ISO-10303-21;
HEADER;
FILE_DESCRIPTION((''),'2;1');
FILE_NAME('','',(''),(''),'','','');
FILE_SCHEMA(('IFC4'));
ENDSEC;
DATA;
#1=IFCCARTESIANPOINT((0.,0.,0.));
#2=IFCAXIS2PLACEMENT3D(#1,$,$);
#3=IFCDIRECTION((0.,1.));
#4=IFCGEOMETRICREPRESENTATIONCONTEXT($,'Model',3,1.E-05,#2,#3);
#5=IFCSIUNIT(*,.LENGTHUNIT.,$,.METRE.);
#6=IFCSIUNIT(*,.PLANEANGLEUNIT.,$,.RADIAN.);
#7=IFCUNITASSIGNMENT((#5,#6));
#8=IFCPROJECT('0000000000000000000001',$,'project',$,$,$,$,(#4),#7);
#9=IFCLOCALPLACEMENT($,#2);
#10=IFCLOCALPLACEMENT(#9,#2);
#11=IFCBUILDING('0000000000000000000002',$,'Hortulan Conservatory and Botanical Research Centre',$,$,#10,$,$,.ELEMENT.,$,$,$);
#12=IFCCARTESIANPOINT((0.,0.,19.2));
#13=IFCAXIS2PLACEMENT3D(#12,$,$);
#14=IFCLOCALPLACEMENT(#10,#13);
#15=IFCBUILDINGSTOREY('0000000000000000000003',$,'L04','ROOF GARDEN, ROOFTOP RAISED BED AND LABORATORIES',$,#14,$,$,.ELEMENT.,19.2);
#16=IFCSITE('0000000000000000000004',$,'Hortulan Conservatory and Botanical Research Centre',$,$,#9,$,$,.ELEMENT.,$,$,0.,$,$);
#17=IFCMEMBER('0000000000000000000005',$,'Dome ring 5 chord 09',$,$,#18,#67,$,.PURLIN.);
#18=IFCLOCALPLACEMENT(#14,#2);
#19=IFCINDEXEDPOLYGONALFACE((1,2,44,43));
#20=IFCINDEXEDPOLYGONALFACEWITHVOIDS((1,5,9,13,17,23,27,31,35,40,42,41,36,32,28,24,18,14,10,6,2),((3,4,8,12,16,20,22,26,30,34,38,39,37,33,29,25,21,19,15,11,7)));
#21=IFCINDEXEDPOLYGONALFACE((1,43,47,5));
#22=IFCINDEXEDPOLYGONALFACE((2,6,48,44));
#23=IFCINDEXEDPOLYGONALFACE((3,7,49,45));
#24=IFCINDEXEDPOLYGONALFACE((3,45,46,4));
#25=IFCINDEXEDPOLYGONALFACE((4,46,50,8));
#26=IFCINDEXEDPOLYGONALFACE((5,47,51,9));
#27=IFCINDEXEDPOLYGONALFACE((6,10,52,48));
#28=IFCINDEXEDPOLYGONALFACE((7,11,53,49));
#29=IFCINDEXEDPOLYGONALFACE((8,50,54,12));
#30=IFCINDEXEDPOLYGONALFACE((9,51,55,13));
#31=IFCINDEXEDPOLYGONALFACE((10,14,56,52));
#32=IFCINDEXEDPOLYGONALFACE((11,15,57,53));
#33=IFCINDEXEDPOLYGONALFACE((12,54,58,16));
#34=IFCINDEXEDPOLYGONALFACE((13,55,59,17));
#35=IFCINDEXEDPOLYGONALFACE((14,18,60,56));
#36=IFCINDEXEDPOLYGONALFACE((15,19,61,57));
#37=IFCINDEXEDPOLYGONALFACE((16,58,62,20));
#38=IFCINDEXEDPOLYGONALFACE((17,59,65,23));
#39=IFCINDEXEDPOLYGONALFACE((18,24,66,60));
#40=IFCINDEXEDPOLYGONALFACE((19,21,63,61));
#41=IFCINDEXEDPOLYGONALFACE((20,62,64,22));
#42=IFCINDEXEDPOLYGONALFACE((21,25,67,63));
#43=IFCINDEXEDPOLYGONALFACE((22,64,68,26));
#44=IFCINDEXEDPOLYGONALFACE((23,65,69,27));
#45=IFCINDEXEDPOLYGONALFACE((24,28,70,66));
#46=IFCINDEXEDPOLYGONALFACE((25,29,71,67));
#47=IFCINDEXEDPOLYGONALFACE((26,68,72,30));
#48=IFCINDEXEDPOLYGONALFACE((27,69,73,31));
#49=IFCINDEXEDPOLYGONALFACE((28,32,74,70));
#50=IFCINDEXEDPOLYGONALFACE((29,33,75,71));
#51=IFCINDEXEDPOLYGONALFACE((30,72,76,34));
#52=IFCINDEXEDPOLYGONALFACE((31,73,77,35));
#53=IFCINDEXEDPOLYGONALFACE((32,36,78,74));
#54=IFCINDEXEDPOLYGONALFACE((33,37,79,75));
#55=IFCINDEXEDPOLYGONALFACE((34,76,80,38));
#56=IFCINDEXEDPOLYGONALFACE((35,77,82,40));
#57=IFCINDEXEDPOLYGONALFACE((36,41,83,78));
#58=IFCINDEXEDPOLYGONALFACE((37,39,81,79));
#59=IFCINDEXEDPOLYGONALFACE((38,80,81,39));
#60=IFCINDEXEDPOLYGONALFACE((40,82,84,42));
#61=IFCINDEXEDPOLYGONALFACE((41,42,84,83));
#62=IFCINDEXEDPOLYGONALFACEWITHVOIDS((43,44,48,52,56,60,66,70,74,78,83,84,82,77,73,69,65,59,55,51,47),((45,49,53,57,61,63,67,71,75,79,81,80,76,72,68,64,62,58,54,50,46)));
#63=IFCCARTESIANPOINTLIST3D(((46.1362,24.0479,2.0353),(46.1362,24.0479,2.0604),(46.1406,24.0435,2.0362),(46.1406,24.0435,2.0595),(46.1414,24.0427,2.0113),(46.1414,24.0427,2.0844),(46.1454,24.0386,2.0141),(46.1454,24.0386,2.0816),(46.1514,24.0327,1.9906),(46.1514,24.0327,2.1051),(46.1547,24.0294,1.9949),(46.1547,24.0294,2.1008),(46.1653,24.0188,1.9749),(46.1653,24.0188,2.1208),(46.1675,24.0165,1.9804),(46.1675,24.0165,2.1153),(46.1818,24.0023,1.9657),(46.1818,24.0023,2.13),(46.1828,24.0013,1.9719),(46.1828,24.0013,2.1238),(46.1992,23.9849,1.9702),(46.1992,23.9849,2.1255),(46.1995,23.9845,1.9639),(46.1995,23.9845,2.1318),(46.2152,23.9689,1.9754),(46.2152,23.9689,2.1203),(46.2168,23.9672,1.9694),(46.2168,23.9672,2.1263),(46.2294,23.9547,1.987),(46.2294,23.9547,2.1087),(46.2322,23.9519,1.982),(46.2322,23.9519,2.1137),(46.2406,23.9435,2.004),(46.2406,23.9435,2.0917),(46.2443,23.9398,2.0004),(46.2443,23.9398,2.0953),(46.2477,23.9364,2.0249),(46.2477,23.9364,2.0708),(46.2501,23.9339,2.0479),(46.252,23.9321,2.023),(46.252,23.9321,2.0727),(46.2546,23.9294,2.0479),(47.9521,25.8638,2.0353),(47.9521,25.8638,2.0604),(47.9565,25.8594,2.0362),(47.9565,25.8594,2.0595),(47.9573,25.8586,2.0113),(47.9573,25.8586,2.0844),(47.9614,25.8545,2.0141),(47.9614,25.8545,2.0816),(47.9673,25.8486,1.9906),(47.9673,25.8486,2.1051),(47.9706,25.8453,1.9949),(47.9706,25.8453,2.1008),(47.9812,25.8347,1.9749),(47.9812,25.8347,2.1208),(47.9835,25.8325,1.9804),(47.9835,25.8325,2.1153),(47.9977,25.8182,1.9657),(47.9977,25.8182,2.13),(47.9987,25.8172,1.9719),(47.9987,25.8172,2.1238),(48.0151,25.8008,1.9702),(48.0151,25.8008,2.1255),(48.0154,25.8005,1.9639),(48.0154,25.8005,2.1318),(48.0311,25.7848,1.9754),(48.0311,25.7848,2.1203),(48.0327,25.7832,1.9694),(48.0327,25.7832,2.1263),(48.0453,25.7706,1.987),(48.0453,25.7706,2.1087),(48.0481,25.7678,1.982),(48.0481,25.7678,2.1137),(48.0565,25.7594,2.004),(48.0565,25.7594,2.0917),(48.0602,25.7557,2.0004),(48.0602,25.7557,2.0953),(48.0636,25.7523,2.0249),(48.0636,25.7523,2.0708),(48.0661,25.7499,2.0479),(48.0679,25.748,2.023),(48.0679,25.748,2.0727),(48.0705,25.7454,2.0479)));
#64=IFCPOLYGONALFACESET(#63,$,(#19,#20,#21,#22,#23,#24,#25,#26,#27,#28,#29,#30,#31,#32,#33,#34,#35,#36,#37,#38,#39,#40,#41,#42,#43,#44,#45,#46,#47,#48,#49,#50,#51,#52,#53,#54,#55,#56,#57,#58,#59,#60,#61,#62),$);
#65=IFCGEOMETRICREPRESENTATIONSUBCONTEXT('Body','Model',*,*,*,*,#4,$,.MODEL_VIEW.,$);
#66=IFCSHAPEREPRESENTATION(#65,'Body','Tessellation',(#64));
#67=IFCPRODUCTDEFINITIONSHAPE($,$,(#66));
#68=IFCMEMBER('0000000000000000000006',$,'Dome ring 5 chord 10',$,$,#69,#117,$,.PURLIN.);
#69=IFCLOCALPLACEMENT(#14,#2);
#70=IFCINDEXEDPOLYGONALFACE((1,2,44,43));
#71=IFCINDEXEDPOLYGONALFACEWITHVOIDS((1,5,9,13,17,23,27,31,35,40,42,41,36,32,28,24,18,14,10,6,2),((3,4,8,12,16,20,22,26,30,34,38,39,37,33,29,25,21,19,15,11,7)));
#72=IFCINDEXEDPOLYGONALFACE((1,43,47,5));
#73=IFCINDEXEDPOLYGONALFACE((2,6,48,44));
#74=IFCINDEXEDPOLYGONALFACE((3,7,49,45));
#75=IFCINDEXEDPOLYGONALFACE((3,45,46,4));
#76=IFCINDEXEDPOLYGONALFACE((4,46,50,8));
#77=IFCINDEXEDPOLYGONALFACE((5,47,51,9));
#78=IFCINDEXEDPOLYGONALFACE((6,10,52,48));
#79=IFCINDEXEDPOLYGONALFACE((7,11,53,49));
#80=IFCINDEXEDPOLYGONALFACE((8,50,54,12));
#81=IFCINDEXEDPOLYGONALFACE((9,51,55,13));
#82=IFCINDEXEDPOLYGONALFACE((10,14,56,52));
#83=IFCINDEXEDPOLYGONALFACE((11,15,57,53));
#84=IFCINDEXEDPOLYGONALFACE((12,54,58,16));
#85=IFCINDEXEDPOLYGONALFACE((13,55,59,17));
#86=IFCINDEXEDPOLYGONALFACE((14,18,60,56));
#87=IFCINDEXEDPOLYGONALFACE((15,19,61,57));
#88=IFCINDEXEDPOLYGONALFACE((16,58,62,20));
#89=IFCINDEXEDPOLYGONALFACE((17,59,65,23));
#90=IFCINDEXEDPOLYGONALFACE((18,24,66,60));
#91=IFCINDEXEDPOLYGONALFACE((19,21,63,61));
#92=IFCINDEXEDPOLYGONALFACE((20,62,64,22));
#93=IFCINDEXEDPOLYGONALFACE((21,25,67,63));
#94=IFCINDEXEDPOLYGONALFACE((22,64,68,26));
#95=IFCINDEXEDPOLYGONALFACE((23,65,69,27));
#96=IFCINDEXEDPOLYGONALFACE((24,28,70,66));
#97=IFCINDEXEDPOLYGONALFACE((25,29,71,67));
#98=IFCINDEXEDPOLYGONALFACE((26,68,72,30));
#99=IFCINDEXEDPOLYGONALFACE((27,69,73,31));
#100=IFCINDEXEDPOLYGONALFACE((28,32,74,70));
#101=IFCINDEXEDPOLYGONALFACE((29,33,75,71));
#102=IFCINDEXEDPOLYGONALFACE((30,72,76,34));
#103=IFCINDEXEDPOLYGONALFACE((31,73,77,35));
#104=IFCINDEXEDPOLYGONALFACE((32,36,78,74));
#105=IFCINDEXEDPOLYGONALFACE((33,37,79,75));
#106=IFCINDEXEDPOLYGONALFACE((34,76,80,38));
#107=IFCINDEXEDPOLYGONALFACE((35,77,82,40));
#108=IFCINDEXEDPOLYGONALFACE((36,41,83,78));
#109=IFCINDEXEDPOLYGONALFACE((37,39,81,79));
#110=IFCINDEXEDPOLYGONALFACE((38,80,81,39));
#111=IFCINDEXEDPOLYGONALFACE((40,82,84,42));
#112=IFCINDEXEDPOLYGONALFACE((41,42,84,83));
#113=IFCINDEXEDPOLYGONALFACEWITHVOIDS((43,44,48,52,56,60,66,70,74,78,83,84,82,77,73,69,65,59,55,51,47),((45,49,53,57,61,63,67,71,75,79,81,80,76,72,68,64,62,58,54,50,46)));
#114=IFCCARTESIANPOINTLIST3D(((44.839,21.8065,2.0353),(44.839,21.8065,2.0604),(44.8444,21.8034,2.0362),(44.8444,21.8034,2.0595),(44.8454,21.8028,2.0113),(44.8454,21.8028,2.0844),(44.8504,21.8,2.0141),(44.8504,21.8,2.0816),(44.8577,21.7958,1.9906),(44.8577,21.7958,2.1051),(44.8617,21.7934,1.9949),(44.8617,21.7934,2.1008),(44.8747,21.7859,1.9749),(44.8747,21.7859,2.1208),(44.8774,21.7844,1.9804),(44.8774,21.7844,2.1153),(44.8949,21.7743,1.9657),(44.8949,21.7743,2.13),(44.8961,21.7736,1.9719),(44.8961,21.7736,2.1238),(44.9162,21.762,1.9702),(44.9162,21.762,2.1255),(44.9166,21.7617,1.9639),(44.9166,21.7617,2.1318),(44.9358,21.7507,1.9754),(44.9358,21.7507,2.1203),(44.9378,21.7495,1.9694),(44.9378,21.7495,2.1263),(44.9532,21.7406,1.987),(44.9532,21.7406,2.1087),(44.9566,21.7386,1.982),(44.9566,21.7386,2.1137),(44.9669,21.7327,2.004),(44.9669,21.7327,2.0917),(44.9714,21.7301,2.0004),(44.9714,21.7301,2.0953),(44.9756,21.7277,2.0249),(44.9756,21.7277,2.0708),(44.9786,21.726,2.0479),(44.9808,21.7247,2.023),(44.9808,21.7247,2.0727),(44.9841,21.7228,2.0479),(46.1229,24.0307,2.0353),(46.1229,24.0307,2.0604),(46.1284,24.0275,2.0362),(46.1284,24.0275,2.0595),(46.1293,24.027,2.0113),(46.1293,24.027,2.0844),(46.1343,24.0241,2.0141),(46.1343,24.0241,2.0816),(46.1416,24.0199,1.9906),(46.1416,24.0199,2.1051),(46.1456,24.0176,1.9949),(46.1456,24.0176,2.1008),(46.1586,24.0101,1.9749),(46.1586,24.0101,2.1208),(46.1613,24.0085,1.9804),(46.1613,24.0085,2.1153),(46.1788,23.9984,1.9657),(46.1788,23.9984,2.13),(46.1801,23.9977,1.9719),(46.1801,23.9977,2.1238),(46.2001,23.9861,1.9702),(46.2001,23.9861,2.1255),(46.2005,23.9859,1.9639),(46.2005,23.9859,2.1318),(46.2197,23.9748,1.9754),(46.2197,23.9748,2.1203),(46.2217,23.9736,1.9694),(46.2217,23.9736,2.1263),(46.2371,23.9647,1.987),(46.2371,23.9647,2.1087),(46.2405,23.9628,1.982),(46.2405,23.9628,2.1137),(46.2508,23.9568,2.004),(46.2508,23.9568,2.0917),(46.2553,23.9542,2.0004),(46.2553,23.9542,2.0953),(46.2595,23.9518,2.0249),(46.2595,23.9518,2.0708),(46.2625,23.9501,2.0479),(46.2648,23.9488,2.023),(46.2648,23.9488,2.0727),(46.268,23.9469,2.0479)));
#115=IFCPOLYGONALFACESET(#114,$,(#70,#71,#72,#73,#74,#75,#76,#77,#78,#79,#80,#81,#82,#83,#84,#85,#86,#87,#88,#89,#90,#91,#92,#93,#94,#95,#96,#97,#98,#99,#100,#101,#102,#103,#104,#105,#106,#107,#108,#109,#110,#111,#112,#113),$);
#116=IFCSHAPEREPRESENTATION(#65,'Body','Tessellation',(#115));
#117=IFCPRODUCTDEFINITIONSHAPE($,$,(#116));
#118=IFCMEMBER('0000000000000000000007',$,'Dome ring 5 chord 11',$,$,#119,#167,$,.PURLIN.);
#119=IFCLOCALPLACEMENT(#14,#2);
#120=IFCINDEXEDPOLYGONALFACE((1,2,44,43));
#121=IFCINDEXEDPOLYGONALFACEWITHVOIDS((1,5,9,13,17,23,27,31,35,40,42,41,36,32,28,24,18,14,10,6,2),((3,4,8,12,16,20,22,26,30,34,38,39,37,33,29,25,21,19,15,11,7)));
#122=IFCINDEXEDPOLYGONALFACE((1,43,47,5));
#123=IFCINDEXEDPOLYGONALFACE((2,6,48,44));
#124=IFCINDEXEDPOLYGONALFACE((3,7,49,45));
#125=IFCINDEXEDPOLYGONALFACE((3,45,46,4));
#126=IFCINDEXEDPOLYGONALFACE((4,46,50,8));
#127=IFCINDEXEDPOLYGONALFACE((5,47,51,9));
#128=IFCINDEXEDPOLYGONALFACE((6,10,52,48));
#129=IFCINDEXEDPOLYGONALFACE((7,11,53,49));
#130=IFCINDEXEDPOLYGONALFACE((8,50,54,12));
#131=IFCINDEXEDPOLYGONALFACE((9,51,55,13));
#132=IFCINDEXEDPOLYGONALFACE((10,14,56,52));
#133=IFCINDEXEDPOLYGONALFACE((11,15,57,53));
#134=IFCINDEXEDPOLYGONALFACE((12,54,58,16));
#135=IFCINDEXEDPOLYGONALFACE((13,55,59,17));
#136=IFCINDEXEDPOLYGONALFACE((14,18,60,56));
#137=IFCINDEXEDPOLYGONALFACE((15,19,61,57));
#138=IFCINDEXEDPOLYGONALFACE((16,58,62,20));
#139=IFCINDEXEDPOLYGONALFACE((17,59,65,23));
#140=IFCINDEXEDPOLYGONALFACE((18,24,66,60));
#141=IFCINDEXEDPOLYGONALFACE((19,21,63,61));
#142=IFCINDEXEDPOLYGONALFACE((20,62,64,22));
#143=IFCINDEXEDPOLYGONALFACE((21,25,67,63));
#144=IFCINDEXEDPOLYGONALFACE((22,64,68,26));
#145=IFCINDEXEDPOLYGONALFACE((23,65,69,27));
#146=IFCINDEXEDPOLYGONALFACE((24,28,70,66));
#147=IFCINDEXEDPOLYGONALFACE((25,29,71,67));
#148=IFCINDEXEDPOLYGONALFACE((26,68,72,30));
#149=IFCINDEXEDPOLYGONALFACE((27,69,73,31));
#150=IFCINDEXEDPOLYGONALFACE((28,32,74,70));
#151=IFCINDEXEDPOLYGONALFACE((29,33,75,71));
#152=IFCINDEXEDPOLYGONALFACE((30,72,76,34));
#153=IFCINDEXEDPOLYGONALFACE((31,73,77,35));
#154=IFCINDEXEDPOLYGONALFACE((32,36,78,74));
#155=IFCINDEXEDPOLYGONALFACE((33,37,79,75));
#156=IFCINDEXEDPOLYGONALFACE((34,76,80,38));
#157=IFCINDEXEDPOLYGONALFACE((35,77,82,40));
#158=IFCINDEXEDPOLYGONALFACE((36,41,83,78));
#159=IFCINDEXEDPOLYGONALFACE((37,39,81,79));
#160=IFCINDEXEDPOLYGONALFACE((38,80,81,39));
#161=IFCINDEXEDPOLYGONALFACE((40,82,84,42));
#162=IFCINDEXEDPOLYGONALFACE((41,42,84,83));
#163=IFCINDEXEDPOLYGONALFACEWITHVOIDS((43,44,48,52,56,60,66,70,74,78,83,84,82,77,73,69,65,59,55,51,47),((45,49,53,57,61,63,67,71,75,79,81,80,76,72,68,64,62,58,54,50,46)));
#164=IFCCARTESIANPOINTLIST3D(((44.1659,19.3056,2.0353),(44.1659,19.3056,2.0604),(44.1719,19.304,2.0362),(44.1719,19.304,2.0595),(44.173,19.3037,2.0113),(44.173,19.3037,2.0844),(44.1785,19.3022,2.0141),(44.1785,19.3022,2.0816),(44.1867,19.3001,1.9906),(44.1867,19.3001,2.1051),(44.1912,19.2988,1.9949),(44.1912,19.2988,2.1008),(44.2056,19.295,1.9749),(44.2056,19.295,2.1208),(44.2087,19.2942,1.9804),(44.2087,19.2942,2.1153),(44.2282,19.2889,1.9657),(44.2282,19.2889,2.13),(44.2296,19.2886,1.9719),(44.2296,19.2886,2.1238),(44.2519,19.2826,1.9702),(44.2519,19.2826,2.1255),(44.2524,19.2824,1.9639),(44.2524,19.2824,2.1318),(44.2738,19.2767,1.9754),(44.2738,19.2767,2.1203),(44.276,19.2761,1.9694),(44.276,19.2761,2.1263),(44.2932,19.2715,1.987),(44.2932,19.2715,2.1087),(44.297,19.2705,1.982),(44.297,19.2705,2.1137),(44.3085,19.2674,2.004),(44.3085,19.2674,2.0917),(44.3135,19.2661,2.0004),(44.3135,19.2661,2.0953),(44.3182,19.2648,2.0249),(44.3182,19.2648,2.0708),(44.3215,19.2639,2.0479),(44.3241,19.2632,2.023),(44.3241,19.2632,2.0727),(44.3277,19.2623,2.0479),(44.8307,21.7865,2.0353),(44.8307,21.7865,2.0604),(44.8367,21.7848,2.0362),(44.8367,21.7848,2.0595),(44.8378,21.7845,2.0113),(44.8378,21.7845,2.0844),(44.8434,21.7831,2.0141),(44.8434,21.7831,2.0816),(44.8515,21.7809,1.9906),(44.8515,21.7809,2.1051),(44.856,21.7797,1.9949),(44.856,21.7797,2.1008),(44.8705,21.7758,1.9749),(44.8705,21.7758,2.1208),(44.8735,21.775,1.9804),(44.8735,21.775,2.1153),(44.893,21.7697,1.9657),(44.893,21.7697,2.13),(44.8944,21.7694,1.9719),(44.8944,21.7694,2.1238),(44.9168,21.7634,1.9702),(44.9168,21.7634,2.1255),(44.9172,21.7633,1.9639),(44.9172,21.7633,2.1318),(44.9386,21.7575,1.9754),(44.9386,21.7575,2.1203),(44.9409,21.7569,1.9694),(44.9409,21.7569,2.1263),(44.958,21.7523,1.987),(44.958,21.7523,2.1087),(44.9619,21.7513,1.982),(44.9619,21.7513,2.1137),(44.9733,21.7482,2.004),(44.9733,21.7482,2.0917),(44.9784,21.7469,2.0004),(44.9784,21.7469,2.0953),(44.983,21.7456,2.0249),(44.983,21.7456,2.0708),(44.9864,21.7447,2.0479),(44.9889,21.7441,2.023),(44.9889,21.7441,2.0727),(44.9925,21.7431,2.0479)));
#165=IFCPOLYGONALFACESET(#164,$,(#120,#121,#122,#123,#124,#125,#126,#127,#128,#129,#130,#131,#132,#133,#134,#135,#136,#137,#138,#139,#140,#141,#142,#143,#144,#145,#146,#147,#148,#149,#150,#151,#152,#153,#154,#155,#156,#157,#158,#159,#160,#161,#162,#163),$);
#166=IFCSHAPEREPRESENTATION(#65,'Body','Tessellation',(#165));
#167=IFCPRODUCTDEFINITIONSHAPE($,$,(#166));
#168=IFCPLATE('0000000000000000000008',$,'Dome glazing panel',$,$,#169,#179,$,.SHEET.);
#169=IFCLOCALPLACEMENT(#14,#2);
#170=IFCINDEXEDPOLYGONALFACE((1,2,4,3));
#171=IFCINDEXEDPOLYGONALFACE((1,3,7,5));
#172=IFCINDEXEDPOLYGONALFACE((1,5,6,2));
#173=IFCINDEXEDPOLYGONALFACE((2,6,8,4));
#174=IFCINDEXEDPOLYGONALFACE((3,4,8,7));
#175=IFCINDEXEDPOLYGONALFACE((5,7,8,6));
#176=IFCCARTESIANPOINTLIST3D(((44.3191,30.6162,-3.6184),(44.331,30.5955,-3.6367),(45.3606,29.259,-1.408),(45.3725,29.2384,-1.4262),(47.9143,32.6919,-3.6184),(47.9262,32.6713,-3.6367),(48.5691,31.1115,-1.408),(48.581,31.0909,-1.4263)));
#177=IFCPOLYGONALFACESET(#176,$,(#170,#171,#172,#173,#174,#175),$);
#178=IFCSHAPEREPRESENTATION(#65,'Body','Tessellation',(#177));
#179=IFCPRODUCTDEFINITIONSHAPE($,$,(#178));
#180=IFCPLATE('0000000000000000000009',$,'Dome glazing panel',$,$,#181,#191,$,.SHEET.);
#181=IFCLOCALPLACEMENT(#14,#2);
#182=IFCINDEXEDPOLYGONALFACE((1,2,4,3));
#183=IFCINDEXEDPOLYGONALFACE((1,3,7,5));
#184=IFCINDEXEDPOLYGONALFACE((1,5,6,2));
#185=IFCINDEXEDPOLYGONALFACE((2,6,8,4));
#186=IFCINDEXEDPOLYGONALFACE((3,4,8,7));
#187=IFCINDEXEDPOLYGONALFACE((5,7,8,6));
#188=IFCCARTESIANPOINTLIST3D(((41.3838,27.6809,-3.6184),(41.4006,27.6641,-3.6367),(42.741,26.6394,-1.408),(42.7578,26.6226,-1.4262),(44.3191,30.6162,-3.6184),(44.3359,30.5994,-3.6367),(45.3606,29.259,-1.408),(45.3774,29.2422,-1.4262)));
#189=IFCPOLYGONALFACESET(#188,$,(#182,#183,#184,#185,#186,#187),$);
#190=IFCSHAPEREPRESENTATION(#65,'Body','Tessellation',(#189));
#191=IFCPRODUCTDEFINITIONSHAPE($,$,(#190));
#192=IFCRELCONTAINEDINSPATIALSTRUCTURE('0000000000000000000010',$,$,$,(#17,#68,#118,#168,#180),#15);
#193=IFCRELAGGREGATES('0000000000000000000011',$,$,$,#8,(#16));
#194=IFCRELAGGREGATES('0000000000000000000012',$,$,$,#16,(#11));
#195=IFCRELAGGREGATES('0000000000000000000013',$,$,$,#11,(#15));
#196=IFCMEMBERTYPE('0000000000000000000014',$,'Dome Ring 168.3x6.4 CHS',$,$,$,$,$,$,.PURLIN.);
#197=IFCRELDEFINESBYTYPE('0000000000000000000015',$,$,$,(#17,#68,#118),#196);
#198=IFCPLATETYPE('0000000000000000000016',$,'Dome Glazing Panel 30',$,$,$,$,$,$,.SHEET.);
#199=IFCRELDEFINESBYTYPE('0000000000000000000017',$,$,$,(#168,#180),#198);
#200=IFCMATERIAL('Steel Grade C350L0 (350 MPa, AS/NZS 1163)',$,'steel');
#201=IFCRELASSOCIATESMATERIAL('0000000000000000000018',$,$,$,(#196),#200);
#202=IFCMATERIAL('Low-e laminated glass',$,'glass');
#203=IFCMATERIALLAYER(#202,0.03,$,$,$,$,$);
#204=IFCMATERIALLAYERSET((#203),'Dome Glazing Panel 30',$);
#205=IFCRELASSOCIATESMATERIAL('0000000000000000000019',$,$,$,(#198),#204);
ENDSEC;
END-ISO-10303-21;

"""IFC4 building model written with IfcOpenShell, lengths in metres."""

from ifc_helpers import new_model, si_unit, direction, frame, origin, origin_2d, place, context, subcontext, project, spatial, polyline, hollow_circle, outline, extrude, material, layer, layer_set, material_profile, profile_set, type_object, element, save


model = new_model("IFC4")

# Units and contexts
model_context = context("Model", 3, precision=1e-05, world=origin(), true_north=direction((0.0, 1.0)))
body_context = subcontext(model_context, "Body", "Model", "MODEL_VIEW")
ifc_project = project(units=[si_unit("LENGTHUNIT", "METRE"), si_unit("PLANEANGLEUNIT", "RADIAN")], contexts=[model_context])

# Site, building, storey
site_placement = place(None, origin())
site = spatial("IfcSite", under=ifc_project, at=site_placement, Name="Hortulan Conservatory and Botanical Research Centre", CompositionType="ELEMENT", RefElevation=0.0)
building_placement = place(site_placement, origin())
building = spatial("IfcBuilding", under=site, at=building_placement, Name="Hortulan Conservatory and Botanical Research Centre", CompositionType="ELEMENT")
storey_placement = place(building_placement, frame((0.0, 0.0, 19.2)))
storey = spatial("IfcBuildingStorey", under=building, at=storey_placement, Name="L04", Description="ROOF GARDEN, ROOFTOP RAISED BED AND LABORATORIES", CompositionType="ELEMENT", Elevation=19.2)

# Shared definitions
ifc_material_1 = material(Name="Steel Grade C350L0 (350 MPa, AS/NZS 1163)", Category="steel")

# Members
ifc_material_profile_1 = material_profile(ifc_material_1, hollow_circle(Radius=0.0842, WallThickness=0.0063, at=origin_2d()), Name="168.3x6.4CHS")
ifc_profile_set_1 = profile_set([ifc_material_profile_1], Name="Steel Grade C350L0 (350 MPa, AS/NZS 1163)")
member_type_1 = type_object("IfcMemberType", Name="Dome Ring 168.3x6.4 CHS", PredefinedType="PURLIN", material=ifc_profile_set_1)
for number, where, z_axis, x_axis, name in (
    (1, (48.011, 25.8049, 2.0479), (-0.707107, -0.707107, 0.0), (0.707107, -0.707107, 0.0), "Dome ring 5 chord 09"),
    (2, (46.1951, 23.989, 2.0479), (-0.499953, -0.866053, 0.0), (0.866053, -0.499953, 0.0), "Dome ring 5 chord 10"),
):
    element("IfcMember", number, at=place(storey_placement, frame(where, z_axis=z_axis, x_axis=x_axis)), inside=storey, type_object=member_type_1, Name=name, PredefinedType="PURLIN", context=body_context, shape_type="SweptSolid", body=[
        extrude(hollow_circle(Radius=0.0842, WallThickness=0.0063, at=origin_2d()), origin(), (0.0, 0.0, 1.0), 2.5681),
    ])
member_1_placement = place(storey_placement, frame((44.9111, 21.7649, 2.0479), z_axis=(-0.258852, -0.965917, 0.0), x_axis=(0.965917, -0.258852, 0.0)))
element("IfcMember", 3, at=member_1_placement, inside=storey, type_object=member_type_1, Name="Dome ring 5 chord 11", PredefinedType="PURLIN", context=body_context, shape_type="SweptSolid", body=[
    extrude(hollow_circle(Radius=0.0842, WallThickness=0.0063, at=origin_2d()), origin(), (0.0, 0.0, 1.0), 2.5684),
])

# Plates
ifc_material_2 = material(Name="Low-e laminated glass", Category="glass")
ifc_layer = layer(ifc_material_2, 0.03)
ifc_layer_set = layer_set([ifc_layer], Name="Dome Glazing Panel 30")
plate_type = type_object("IfcPlateType", Name="Dome Glazing Panel 30", PredefinedType="SHEET", material=ifc_layer_set)
plate_1_placement = place(storey_placement, frame((47.9143, 32.6919, -3.6184), z_axis=(-0.396692, 0.687073, 0.608741), x_axis=(-0.866023, -0.500005, -0.000007)))
element("IfcPlate", 4, at=plate_1_placement, inside=storey, type_object=plate_type, Name="Dome glazing panel", PredefinedType="SHEET", context=body_context, shape_type="SweptSolid", body=[
    extrude(outline(polyline([(0.0, 0.0), (4.1514, 0.0), (3.928, 2.7862), (0.2231, 2.7861), (0.0, 0.0)])), origin(), (0.0, 0.0, -1.0), 0.03),
])
plate_2_placement = place(storey_placement, frame((44.3191, 30.6162, -3.6184), z_axis=(-0.560987, 0.560987, 0.608758), x_axis=(-0.707107, -0.707107, 0.0)))
element("IfcPlate", 5, at=plate_2_placement, inside=storey, type_object=plate_type, Name="Dome glazing panel", PredefinedType="SHEET", context=body_context, shape_type="SweptSolid", body=[
    extrude(outline(polyline([(0.0, 0.0), (4.1511, 0.0), (3.9279, 2.7862), (0.2232, 2.7862), (0.0, 0.0)])), origin(), (0.0, 0.0, -1.0), 0.03),
])

save(model, "model.ifc")
